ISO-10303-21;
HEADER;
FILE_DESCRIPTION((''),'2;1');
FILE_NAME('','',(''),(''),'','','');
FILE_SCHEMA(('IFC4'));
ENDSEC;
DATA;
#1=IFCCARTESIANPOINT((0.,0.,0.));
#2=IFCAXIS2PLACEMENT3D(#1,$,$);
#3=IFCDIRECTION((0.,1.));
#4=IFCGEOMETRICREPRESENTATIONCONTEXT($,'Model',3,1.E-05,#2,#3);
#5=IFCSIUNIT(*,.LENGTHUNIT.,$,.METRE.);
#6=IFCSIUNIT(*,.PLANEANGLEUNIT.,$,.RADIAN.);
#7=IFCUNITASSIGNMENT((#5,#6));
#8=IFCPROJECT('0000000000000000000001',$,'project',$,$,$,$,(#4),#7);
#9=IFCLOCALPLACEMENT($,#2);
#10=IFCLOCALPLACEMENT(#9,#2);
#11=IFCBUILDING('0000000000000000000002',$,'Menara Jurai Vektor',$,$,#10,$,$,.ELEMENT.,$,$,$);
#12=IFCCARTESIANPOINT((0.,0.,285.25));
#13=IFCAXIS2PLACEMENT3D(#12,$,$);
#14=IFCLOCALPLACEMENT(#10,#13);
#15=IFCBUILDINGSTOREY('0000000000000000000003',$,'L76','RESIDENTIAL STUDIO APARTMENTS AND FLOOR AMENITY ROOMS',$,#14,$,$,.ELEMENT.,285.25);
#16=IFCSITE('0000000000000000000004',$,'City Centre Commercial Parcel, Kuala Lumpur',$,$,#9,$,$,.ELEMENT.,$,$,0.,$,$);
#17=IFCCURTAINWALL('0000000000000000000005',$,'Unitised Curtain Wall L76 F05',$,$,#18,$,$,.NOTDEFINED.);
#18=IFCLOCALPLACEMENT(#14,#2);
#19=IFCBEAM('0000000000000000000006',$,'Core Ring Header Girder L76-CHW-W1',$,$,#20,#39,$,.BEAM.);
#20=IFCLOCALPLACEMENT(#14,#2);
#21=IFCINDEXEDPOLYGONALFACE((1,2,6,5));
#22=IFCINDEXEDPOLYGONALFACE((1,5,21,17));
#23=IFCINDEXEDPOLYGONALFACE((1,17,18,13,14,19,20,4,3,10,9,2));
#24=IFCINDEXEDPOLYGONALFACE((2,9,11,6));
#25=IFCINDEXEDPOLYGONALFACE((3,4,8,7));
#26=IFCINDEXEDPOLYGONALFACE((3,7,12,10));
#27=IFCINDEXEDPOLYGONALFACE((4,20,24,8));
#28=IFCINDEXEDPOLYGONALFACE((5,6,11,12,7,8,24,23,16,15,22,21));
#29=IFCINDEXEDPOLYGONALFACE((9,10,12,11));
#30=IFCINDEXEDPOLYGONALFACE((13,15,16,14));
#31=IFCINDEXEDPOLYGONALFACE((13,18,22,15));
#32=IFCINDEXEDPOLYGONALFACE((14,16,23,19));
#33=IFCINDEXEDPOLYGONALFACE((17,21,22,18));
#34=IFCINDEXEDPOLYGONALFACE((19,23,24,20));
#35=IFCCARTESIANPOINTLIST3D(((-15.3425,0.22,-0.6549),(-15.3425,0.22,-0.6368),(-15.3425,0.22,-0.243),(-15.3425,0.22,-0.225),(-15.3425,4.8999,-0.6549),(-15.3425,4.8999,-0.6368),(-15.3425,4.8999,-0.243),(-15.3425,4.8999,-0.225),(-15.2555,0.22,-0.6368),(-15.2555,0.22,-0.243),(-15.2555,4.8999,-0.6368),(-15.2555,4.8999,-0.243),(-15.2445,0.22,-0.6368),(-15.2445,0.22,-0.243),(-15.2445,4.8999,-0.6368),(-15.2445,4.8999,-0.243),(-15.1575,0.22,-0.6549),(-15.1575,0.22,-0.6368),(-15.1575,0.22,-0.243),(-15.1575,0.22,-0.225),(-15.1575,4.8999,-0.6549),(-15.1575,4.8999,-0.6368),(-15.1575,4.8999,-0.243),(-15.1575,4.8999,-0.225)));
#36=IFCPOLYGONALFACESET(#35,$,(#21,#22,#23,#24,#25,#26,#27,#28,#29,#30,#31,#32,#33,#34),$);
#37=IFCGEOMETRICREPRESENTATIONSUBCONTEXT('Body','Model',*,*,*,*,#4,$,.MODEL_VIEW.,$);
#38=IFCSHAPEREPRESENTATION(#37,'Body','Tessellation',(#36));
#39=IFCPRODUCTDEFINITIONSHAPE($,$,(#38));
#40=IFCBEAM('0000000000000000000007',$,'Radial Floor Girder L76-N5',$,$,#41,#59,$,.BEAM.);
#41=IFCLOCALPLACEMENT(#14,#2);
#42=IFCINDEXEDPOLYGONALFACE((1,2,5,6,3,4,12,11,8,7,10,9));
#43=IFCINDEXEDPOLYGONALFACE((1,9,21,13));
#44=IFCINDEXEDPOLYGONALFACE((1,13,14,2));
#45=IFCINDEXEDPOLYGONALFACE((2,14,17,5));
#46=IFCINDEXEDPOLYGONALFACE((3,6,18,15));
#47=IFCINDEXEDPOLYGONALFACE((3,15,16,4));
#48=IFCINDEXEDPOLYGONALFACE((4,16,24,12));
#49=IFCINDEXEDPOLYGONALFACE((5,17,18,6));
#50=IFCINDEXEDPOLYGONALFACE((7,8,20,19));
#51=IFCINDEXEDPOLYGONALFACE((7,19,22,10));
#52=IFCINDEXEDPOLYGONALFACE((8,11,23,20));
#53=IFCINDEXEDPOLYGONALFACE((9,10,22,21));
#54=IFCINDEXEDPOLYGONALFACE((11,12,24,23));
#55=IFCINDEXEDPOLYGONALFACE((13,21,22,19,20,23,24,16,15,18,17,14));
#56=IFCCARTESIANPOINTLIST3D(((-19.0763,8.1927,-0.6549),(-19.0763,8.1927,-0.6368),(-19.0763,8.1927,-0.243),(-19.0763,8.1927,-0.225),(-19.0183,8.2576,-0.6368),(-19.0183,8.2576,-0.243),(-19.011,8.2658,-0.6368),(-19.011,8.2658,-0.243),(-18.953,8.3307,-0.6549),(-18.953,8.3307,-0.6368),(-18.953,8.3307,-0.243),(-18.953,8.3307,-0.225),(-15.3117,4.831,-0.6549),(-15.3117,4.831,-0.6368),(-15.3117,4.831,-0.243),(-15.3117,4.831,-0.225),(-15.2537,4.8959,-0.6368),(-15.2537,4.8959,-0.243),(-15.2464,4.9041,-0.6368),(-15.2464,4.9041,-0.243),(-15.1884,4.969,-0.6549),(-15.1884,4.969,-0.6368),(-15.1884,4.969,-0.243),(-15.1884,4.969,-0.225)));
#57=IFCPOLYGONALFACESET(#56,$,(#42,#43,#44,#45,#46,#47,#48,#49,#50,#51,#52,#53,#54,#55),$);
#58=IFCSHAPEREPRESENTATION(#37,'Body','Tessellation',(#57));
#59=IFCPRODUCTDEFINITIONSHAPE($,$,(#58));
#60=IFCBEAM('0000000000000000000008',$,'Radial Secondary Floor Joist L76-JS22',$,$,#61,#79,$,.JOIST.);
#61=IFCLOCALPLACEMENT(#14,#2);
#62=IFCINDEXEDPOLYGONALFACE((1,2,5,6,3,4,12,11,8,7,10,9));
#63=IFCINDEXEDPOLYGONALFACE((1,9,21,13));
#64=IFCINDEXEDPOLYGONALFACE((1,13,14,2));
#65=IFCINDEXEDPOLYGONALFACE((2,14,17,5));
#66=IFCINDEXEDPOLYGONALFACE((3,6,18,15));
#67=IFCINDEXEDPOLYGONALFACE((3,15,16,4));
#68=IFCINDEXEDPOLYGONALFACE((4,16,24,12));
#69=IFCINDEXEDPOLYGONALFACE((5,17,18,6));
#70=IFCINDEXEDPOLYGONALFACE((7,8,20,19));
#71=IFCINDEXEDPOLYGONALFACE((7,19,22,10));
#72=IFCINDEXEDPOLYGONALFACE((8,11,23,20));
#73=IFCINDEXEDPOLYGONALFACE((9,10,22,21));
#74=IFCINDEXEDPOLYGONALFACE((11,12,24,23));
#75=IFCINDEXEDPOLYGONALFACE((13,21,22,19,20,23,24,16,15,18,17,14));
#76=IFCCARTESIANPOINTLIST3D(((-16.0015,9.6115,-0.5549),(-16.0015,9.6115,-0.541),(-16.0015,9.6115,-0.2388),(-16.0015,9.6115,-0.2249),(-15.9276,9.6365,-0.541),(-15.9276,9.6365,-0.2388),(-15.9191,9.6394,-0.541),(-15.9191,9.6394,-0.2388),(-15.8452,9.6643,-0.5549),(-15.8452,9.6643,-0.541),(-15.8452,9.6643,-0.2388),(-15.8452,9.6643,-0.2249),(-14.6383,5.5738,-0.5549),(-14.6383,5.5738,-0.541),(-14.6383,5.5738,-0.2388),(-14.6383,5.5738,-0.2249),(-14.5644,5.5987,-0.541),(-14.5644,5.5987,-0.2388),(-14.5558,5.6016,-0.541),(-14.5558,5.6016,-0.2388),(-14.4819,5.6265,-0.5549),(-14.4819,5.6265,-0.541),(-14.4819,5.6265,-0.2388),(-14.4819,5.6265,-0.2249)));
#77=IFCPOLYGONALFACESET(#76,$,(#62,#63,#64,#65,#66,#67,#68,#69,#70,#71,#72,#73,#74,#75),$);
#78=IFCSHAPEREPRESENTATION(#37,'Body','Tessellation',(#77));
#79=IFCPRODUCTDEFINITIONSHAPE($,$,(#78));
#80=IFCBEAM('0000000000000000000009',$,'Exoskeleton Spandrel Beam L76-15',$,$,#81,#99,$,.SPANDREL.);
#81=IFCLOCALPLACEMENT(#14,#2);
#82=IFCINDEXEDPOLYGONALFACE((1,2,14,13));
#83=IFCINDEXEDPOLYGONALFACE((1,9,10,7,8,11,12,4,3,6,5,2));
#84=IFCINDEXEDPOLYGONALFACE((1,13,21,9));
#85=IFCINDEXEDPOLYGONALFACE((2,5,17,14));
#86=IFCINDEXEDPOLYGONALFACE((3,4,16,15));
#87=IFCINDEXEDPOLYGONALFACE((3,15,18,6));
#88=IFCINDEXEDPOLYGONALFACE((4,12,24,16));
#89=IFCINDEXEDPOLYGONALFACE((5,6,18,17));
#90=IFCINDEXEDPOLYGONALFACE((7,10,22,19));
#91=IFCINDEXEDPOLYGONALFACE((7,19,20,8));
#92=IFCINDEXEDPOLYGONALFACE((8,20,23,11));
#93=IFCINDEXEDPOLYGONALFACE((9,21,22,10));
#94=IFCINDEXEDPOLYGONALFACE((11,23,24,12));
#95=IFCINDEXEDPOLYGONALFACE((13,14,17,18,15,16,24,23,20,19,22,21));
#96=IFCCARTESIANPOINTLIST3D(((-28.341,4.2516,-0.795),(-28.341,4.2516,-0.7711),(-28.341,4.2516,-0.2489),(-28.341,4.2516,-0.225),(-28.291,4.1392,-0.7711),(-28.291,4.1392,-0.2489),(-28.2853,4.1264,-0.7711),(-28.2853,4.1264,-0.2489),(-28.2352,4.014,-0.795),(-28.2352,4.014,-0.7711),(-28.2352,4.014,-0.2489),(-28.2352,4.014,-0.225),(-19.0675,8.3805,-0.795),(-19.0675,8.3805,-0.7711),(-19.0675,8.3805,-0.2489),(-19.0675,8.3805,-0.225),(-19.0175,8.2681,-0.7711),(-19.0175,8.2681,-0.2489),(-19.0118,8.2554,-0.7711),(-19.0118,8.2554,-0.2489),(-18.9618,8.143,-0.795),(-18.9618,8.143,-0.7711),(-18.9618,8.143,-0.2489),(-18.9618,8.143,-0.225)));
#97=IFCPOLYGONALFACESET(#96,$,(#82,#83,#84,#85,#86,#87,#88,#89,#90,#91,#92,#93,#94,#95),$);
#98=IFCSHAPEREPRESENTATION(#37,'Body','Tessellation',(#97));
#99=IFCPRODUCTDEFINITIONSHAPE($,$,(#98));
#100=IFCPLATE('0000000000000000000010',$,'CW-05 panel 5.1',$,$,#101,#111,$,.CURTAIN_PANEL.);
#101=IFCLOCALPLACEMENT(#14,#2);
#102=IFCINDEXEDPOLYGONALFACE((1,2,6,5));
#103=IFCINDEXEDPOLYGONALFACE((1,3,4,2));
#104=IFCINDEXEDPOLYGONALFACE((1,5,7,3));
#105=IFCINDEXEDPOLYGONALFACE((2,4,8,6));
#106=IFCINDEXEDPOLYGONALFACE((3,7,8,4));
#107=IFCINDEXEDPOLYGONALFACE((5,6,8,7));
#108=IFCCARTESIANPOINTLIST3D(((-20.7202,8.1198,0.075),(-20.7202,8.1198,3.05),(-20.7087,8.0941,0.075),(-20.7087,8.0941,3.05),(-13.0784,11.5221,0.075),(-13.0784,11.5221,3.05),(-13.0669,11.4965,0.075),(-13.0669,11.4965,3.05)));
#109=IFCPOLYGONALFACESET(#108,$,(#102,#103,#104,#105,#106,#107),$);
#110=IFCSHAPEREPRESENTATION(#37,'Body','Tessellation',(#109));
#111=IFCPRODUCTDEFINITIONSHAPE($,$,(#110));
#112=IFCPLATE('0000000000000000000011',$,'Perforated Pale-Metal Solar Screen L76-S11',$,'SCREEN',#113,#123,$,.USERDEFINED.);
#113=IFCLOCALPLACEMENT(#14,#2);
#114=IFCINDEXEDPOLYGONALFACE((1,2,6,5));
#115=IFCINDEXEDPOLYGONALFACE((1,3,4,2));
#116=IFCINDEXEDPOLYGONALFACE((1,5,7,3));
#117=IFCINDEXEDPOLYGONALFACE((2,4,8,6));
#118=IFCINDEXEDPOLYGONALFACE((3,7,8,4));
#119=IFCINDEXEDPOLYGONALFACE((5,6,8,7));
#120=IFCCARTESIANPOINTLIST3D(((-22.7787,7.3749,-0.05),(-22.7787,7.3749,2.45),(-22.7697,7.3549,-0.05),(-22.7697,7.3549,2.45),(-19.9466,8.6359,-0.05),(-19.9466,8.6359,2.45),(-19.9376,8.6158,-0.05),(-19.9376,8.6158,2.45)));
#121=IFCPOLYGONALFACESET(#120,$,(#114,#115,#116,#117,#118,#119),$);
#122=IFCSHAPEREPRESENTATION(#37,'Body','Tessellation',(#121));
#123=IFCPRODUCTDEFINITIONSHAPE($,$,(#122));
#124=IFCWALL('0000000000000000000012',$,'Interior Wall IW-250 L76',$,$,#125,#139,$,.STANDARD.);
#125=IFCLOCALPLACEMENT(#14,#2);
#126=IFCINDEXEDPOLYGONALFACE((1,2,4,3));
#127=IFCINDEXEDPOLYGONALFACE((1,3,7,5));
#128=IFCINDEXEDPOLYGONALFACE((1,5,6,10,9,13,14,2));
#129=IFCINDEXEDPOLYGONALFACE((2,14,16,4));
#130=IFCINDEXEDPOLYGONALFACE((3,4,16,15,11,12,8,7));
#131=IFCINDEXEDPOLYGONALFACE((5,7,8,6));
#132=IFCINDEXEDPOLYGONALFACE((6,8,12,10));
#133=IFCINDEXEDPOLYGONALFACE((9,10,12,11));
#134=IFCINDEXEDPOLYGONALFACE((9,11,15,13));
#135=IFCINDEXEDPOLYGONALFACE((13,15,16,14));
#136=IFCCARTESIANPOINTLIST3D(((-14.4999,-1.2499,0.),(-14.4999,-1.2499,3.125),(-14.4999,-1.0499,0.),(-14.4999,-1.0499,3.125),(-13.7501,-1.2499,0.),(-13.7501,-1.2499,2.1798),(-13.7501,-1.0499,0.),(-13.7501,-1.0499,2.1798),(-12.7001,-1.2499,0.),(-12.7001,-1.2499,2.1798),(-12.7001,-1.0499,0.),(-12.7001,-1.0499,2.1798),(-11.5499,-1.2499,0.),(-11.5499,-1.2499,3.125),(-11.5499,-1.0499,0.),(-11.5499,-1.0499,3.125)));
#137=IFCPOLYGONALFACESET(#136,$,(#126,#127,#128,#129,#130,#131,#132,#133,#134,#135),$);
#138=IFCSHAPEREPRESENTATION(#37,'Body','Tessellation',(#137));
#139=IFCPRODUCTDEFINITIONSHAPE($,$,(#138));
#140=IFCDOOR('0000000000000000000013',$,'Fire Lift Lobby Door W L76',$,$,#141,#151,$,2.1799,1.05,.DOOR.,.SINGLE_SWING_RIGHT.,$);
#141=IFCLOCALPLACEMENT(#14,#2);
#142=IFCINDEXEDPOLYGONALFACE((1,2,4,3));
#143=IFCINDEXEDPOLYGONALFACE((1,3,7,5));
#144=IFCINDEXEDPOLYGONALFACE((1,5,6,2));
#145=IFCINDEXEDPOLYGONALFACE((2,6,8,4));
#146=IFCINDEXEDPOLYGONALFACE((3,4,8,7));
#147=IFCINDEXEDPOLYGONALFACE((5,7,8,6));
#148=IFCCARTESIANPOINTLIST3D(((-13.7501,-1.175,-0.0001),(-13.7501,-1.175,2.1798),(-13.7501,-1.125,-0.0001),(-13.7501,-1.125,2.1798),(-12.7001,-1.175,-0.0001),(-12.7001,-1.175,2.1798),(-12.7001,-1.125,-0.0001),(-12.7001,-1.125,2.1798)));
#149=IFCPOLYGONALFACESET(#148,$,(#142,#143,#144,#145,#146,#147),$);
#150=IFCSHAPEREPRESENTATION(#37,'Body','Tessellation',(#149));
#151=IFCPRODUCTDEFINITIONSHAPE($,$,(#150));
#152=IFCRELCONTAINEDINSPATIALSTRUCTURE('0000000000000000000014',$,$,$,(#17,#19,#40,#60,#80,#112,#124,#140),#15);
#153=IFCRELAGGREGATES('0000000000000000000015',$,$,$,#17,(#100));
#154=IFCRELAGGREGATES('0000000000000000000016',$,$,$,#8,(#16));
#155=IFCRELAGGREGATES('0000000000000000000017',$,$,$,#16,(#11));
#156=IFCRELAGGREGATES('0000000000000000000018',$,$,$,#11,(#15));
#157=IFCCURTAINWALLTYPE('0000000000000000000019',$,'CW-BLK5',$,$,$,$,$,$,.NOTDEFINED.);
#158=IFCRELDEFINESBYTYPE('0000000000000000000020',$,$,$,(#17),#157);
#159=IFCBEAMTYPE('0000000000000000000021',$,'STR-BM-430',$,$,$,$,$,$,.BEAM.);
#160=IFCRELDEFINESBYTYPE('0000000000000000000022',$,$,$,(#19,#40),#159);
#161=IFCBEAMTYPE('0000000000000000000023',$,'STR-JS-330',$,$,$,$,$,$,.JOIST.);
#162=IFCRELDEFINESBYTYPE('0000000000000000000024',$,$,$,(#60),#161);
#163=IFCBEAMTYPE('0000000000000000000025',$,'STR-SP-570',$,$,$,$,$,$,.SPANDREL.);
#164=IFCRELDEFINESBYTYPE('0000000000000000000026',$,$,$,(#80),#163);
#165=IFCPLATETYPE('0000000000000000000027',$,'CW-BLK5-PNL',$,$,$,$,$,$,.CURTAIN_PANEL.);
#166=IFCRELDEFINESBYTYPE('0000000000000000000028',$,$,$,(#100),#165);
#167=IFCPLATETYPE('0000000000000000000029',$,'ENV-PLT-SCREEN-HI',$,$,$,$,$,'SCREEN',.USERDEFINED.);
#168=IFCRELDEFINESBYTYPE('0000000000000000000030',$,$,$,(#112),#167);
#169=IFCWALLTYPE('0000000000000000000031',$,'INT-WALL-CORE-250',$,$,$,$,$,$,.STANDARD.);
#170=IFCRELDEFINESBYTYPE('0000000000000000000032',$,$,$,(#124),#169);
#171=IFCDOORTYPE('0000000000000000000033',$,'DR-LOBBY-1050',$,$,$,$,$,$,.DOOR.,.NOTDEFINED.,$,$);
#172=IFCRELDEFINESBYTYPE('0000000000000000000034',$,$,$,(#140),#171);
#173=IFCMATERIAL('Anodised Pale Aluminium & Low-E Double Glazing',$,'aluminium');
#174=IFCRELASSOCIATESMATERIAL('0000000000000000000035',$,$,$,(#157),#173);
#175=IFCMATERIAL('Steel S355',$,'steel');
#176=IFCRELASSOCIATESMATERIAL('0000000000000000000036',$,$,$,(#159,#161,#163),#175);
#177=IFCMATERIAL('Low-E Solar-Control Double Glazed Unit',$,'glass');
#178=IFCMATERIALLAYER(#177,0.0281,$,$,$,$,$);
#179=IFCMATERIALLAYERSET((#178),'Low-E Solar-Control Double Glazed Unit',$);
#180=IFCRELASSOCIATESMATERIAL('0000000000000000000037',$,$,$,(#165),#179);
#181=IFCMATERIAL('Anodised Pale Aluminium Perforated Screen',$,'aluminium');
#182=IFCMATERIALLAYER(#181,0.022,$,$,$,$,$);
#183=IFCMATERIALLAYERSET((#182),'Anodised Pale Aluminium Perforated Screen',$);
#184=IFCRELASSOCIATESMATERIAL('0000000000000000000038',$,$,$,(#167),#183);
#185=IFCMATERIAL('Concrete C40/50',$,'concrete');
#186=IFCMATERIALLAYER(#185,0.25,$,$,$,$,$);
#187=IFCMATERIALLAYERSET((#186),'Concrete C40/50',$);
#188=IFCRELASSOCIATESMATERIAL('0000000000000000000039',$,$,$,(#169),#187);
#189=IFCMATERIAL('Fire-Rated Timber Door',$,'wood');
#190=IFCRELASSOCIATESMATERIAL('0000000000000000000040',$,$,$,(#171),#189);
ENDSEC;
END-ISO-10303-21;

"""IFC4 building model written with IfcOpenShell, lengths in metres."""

from ifc_helpers import new_model, si_unit, direction, frame, frame_2d, origin, origin_2d, place, context, subcontext, project, spatial, rectangle, i_section, extrude, material, layer, layer_set, material_profile, profile_set, type_object, element, fill, aggregate, save


model = new_model("IFC4")

# Units and contexts
model_context = context("Model", 3, precision=1e-05, world=origin(), true_north=direction((0.0, 1.0)))
body_context = subcontext(model_context, "Body", "Model", "MODEL_VIEW")
ifc_project = project(units=[si_unit("LENGTHUNIT", "METRE"), si_unit("PLANEANGLEUNIT", "RADIAN")], contexts=[model_context])

# Site, building, storey
site_placement = place(None, origin())
site = spatial("IfcSite", under=ifc_project, at=site_placement, Name="City Centre Commercial Parcel, Kuala Lumpur", CompositionType="ELEMENT", RefElevation=0.0)
building_placement = place(site_placement, origin())
building = spatial("IfcBuilding", under=site, at=building_placement, Name="Menara Jurai Vektor", CompositionType="ELEMENT")
storey_placement = place(building_placement, frame((0.0, 0.0, 285.25)))
storey = spatial("IfcBuildingStorey", under=building, at=storey_placement, Name="L76", Description="RESIDENTIAL STUDIO APARTMENTS AND FLOOR AMENITY ROOMS", CompositionType="ELEMENT", Elevation=285.25)

# Curtain wall
ifc_material_1 = material(Name="Anodised Pale Aluminium & Low-E Double Glazing", Category="aluminium")
curtain_wall_type = type_object("IfcCurtainWallType", Name="CW-BLK5", PredefinedType="NOTDEFINED", material=ifc_material_1)
curtain_wall_placement = place(storey_placement, origin())
curtain_wall = element("IfcCurtainWall", 1, at=curtain_wall_placement, inside=storey, type_object=curtain_wall_type, Name="Unitised Curtain Wall L76 F05", PredefinedType="NOTDEFINED")

# Beams
ifc_material_2 = material(Name="Steel S355", Category="steel")
ifc_material_profile_1 = material_profile(ifc_material_2, i_section(OverallWidth=0.1851, OverallDepth=0.4299, WebThickness=0.011, FlangeThickness=0.0181, at=origin_2d()), Name="PG 430x185x76")
ifc_profile_set_1 = profile_set([ifc_material_profile_1], Name="Steel S355")
beam_type_1 = type_object("IfcBeamType", Name="STR-BM-430", PredefinedType="BEAM", material=ifc_profile_set_1)
beam_1_placement = place(storey_placement, frame((-15.25, 0.22, -0.4399), z_axis=(0.0, 1.0, 0.0), x_axis=(-1.0, 0.0, 0.0)))
element("IfcBeam", 2, at=beam_1_placement, inside=storey, type_object=beam_type_1, Name="Core Ring Header Girder L76-CHW-W1", PredefinedType="BEAM", context=body_context, shape_type="SweptSolid", body=[
    extrude(i_section(OverallWidth=0.1851, OverallDepth=0.4299, WebThickness=0.011, FlangeThickness=0.0181, at=origin_2d()), origin(), (0.0, 0.0, 1.0), 4.6799),
])
beam_2_placement = place(storey_placement, frame((-19.0146, 8.2617, -0.4399), z_axis=(0.745886, -0.666073, 0.0), x_axis=(0.666073, 0.745886, 0.0)))
element("IfcBeam", 3, at=beam_2_placement, inside=storey, type_object=beam_type_1, Name="Radial Floor Girder L76-N5", PredefinedType="BEAM", context=body_context, shape_type="SweptSolid", body=[
    extrude(i_section(OverallWidth=0.1851, OverallDepth=0.4299, WebThickness=0.011, FlangeThickness=0.0181, at=origin_2d()), origin(), (0.0, 0.0, 1.0), 5.0471),
])
ifc_material_profile_2 = material_profile(ifc_material_2, i_section(OverallWidth=0.165, OverallDepth=0.3301, WebThickness=0.009, FlangeThickness=0.0139, at=origin_2d()), Name="PG 330x165x46")
ifc_profile_set_2 = profile_set([ifc_material_profile_2], Name="Steel S355")
beam_type_2 = type_object("IfcBeamType", Name="STR-JS-330", PredefinedType="JOIST", material=ifc_profile_set_2)
beam_3_placement = place(storey_placement, frame((-15.9233, 9.6379, -0.3899), z_axis=(0.319886, -0.947456, 0.0), x_axis=(0.947456, 0.319886, 0.0)))
element("IfcBeam", 4, at=beam_3_placement, inside=storey, type_object=beam_type_2, Name="Radial Secondary Floor Joist L76-JS22", PredefinedType="JOIST", context=body_context, shape_type="SweptSolid", body=[
    extrude(i_section(OverallWidth=0.165, OverallDepth=0.3301, WebThickness=0.009, FlangeThickness=0.0139, at=origin_2d()), origin(), (0.0, 0.0, 1.0), 4.2617),
])
ifc_material_profile_3 = material_profile(ifc_material_2, i_section(OverallWidth=0.26, OverallDepth=0.5701, WebThickness=0.0139, FlangeThickness=0.0239, at=origin_2d()), Name="PG 570x260x145")
ifc_profile_set_3 = profile_set([ifc_material_profile_3], Name="Steel S355")
beam_type_3 = type_object("IfcBeamType", Name="STR-SP-570", PredefinedType="SPANDREL", material=ifc_profile_set_3)
beam_4_placement = place(storey_placement, frame((-19.0146, 8.2617, -0.51), z_axis=(-0.913542, -0.406745, 0.0), x_axis=(0.406745, -0.913542, 0.0)))
element("IfcBeam", 5, at=beam_4_placement, inside=storey, type_object=beam_type_3, Name="Exoskeleton Spandrel Beam L76-15", PredefinedType="SPANDREL", context=body_context, shape_type="SweptSolid", body=[
    extrude(i_section(OverallWidth=0.26, OverallDepth=0.5701, WebThickness=0.0139, FlangeThickness=0.0239, at=origin_2d()), origin(), (0.0, 0.0, 1.0), 10.1511),
])

# Plates
ifc_material_3 = material(Name="Low-E Solar-Control Double Glazed Unit", Category="glass")
ifc_layer_1 = layer(ifc_material_3, 0.0281)
ifc_layer_set_1 = layer_set([ifc_layer_1], Name="Low-E Solar-Control Double Glazed Unit")
plate_type_1 = type_object("IfcPlateType", Name="CW-BLK5-PNL", PredefinedType="CURTAIN_PANEL", material=ifc_layer_set_1)
plate_1_placement = place(storey_placement, frame((-16.8936, 9.8081, 0.075), z_axis=(0.0, 0.0, 1.0), x_axis=(-0.913546, -0.406735, 0.0)))
plate_1 = element("IfcPlate", 6, at=plate_1_placement, type_object=plate_type_1, Name="CW-05 panel 5.1", PredefinedType="CURTAIN_PANEL", context=body_context, shape_type="SweptSolid", body=[
    extrude(rectangle(XDim=8.365, YDim=0.0281, at=origin_2d()), origin(), (0.0, 0.0, 1.0), 2.9751),
])
aggregate(curtain_wall, [plate_1])
ifc_material_4 = material(Name="Anodised Pale Aluminium Perforated Screen", Category="aluminium")
ifc_layer_2 = layer(ifc_material_4, 0.022)
ifc_layer_set_2 = layer_set([ifc_layer_2], Name="Anodised Pale Aluminium Perforated Screen")
plate_type_2 = type_object("IfcPlateType", Name="ENV-PLT-SCREEN-HI", ElementType="SCREEN", PredefinedType="USERDEFINED", material=ifc_layer_set_2)
plate_2_placement = place(storey_placement, frame((-21.3582, 7.9954, -0.05), z_axis=(0.0, 0.0, 1.0), x_axis=(-0.913545, -0.406737, 0.0)))
element("IfcPlate", 7, at=plate_2_placement, inside=storey, type_object=plate_type_2, Name="Perforated Pale-Metal Solar Screen L76-S11", ObjectType="SCREEN", PredefinedType="USERDEFINED", context=body_context, shape_type="SweptSolid", body=[
    extrude(rectangle(XDim=3.1001, YDim=0.022, at=origin_2d()), origin(), (0.0, 0.0, 1.0), 2.5),
])

# Wall, opening, door
ifc_material_5 = material(Name="Concrete C40/50", Category="concrete")
ifc_layer_3 = layer(ifc_material_5, 0.25)
ifc_layer_set_3 = layer_set([ifc_layer_3], Name="Concrete C40/50")
wall_type_1 = type_object("IfcWallType", Name="INT-WALL-CORE-250", PredefinedType="STANDARD", material=ifc_layer_set_3)
wall_1_placement = place(storey_placement, frame((-14.5, -1.1499, 0.0), z_axis=(0.0, 0.0, 1.0), x_axis=(1.0, 0.0, 0.0)))
wall_1 = element("IfcWall", 8, at=wall_1_placement, inside=storey, type_object=wall_type_1, Name="Interior Wall IW-250 L76", PredefinedType="STANDARD", context=body_context, shape_type="SweptSolid", body=[
    extrude(rectangle(XDim=2.95, YDim=0.2, at=frame_2d((1.4751, 0.0))), origin(), (0.0, 0.0, 1.0), 3.125),
])
opening_1_placement = place(wall_1_placement, frame((0.75, 0.0, 0.0)))
opening_1 = element("IfcOpeningElement", 9, at=opening_1_placement, cuts=wall_1, PredefinedType="OPENING", context=body_context, shape_type="SweptSolid", body=[
    extrude(rectangle(XDim=1.05, YDim=2.1799, at=frame_2d((0.5249, 1.0898))), frame((0.0, 0.1099, 0.0), z_axis=(0.0, -1.0, 0.0), x_axis=(1.0, 0.0, 0.0)), (0.0, 0.0, 1.0), 0.22),
])
ifc_material_6 = material(Name="Fire-Rated Timber Door", Category="wood")
door_type_1 = type_object("IfcDoorType", Name="DR-LOBBY-1050", OperationType="NOTDEFINED", PredefinedType="DOOR", material=ifc_material_6)
door_1_placement = place(opening_1_placement, origin())
door_1 = element("IfcDoor", 10, at=door_1_placement, inside=storey, type_object=door_type_1, Name="Fire Lift Lobby Door W L76", OperationType="SINGLE_SWING_RIGHT", OverallHeight=2.1799, OverallWidth=1.05, PredefinedType="DOOR", context=body_context, shape_type="SweptSolid", body=[
    extrude(rectangle(XDim=1.05, YDim=2.1799, at=frame_2d((0.5249, 1.0898))), frame((0.0, 0.0249, 0.0), z_axis=(0.0, -1.0, 0.0), x_axis=(1.0, 0.0, 0.0)), (0.0, 0.0, 1.0), 0.05),
])
fill(opening_1, door_1)

save(model, "model.ifc")
